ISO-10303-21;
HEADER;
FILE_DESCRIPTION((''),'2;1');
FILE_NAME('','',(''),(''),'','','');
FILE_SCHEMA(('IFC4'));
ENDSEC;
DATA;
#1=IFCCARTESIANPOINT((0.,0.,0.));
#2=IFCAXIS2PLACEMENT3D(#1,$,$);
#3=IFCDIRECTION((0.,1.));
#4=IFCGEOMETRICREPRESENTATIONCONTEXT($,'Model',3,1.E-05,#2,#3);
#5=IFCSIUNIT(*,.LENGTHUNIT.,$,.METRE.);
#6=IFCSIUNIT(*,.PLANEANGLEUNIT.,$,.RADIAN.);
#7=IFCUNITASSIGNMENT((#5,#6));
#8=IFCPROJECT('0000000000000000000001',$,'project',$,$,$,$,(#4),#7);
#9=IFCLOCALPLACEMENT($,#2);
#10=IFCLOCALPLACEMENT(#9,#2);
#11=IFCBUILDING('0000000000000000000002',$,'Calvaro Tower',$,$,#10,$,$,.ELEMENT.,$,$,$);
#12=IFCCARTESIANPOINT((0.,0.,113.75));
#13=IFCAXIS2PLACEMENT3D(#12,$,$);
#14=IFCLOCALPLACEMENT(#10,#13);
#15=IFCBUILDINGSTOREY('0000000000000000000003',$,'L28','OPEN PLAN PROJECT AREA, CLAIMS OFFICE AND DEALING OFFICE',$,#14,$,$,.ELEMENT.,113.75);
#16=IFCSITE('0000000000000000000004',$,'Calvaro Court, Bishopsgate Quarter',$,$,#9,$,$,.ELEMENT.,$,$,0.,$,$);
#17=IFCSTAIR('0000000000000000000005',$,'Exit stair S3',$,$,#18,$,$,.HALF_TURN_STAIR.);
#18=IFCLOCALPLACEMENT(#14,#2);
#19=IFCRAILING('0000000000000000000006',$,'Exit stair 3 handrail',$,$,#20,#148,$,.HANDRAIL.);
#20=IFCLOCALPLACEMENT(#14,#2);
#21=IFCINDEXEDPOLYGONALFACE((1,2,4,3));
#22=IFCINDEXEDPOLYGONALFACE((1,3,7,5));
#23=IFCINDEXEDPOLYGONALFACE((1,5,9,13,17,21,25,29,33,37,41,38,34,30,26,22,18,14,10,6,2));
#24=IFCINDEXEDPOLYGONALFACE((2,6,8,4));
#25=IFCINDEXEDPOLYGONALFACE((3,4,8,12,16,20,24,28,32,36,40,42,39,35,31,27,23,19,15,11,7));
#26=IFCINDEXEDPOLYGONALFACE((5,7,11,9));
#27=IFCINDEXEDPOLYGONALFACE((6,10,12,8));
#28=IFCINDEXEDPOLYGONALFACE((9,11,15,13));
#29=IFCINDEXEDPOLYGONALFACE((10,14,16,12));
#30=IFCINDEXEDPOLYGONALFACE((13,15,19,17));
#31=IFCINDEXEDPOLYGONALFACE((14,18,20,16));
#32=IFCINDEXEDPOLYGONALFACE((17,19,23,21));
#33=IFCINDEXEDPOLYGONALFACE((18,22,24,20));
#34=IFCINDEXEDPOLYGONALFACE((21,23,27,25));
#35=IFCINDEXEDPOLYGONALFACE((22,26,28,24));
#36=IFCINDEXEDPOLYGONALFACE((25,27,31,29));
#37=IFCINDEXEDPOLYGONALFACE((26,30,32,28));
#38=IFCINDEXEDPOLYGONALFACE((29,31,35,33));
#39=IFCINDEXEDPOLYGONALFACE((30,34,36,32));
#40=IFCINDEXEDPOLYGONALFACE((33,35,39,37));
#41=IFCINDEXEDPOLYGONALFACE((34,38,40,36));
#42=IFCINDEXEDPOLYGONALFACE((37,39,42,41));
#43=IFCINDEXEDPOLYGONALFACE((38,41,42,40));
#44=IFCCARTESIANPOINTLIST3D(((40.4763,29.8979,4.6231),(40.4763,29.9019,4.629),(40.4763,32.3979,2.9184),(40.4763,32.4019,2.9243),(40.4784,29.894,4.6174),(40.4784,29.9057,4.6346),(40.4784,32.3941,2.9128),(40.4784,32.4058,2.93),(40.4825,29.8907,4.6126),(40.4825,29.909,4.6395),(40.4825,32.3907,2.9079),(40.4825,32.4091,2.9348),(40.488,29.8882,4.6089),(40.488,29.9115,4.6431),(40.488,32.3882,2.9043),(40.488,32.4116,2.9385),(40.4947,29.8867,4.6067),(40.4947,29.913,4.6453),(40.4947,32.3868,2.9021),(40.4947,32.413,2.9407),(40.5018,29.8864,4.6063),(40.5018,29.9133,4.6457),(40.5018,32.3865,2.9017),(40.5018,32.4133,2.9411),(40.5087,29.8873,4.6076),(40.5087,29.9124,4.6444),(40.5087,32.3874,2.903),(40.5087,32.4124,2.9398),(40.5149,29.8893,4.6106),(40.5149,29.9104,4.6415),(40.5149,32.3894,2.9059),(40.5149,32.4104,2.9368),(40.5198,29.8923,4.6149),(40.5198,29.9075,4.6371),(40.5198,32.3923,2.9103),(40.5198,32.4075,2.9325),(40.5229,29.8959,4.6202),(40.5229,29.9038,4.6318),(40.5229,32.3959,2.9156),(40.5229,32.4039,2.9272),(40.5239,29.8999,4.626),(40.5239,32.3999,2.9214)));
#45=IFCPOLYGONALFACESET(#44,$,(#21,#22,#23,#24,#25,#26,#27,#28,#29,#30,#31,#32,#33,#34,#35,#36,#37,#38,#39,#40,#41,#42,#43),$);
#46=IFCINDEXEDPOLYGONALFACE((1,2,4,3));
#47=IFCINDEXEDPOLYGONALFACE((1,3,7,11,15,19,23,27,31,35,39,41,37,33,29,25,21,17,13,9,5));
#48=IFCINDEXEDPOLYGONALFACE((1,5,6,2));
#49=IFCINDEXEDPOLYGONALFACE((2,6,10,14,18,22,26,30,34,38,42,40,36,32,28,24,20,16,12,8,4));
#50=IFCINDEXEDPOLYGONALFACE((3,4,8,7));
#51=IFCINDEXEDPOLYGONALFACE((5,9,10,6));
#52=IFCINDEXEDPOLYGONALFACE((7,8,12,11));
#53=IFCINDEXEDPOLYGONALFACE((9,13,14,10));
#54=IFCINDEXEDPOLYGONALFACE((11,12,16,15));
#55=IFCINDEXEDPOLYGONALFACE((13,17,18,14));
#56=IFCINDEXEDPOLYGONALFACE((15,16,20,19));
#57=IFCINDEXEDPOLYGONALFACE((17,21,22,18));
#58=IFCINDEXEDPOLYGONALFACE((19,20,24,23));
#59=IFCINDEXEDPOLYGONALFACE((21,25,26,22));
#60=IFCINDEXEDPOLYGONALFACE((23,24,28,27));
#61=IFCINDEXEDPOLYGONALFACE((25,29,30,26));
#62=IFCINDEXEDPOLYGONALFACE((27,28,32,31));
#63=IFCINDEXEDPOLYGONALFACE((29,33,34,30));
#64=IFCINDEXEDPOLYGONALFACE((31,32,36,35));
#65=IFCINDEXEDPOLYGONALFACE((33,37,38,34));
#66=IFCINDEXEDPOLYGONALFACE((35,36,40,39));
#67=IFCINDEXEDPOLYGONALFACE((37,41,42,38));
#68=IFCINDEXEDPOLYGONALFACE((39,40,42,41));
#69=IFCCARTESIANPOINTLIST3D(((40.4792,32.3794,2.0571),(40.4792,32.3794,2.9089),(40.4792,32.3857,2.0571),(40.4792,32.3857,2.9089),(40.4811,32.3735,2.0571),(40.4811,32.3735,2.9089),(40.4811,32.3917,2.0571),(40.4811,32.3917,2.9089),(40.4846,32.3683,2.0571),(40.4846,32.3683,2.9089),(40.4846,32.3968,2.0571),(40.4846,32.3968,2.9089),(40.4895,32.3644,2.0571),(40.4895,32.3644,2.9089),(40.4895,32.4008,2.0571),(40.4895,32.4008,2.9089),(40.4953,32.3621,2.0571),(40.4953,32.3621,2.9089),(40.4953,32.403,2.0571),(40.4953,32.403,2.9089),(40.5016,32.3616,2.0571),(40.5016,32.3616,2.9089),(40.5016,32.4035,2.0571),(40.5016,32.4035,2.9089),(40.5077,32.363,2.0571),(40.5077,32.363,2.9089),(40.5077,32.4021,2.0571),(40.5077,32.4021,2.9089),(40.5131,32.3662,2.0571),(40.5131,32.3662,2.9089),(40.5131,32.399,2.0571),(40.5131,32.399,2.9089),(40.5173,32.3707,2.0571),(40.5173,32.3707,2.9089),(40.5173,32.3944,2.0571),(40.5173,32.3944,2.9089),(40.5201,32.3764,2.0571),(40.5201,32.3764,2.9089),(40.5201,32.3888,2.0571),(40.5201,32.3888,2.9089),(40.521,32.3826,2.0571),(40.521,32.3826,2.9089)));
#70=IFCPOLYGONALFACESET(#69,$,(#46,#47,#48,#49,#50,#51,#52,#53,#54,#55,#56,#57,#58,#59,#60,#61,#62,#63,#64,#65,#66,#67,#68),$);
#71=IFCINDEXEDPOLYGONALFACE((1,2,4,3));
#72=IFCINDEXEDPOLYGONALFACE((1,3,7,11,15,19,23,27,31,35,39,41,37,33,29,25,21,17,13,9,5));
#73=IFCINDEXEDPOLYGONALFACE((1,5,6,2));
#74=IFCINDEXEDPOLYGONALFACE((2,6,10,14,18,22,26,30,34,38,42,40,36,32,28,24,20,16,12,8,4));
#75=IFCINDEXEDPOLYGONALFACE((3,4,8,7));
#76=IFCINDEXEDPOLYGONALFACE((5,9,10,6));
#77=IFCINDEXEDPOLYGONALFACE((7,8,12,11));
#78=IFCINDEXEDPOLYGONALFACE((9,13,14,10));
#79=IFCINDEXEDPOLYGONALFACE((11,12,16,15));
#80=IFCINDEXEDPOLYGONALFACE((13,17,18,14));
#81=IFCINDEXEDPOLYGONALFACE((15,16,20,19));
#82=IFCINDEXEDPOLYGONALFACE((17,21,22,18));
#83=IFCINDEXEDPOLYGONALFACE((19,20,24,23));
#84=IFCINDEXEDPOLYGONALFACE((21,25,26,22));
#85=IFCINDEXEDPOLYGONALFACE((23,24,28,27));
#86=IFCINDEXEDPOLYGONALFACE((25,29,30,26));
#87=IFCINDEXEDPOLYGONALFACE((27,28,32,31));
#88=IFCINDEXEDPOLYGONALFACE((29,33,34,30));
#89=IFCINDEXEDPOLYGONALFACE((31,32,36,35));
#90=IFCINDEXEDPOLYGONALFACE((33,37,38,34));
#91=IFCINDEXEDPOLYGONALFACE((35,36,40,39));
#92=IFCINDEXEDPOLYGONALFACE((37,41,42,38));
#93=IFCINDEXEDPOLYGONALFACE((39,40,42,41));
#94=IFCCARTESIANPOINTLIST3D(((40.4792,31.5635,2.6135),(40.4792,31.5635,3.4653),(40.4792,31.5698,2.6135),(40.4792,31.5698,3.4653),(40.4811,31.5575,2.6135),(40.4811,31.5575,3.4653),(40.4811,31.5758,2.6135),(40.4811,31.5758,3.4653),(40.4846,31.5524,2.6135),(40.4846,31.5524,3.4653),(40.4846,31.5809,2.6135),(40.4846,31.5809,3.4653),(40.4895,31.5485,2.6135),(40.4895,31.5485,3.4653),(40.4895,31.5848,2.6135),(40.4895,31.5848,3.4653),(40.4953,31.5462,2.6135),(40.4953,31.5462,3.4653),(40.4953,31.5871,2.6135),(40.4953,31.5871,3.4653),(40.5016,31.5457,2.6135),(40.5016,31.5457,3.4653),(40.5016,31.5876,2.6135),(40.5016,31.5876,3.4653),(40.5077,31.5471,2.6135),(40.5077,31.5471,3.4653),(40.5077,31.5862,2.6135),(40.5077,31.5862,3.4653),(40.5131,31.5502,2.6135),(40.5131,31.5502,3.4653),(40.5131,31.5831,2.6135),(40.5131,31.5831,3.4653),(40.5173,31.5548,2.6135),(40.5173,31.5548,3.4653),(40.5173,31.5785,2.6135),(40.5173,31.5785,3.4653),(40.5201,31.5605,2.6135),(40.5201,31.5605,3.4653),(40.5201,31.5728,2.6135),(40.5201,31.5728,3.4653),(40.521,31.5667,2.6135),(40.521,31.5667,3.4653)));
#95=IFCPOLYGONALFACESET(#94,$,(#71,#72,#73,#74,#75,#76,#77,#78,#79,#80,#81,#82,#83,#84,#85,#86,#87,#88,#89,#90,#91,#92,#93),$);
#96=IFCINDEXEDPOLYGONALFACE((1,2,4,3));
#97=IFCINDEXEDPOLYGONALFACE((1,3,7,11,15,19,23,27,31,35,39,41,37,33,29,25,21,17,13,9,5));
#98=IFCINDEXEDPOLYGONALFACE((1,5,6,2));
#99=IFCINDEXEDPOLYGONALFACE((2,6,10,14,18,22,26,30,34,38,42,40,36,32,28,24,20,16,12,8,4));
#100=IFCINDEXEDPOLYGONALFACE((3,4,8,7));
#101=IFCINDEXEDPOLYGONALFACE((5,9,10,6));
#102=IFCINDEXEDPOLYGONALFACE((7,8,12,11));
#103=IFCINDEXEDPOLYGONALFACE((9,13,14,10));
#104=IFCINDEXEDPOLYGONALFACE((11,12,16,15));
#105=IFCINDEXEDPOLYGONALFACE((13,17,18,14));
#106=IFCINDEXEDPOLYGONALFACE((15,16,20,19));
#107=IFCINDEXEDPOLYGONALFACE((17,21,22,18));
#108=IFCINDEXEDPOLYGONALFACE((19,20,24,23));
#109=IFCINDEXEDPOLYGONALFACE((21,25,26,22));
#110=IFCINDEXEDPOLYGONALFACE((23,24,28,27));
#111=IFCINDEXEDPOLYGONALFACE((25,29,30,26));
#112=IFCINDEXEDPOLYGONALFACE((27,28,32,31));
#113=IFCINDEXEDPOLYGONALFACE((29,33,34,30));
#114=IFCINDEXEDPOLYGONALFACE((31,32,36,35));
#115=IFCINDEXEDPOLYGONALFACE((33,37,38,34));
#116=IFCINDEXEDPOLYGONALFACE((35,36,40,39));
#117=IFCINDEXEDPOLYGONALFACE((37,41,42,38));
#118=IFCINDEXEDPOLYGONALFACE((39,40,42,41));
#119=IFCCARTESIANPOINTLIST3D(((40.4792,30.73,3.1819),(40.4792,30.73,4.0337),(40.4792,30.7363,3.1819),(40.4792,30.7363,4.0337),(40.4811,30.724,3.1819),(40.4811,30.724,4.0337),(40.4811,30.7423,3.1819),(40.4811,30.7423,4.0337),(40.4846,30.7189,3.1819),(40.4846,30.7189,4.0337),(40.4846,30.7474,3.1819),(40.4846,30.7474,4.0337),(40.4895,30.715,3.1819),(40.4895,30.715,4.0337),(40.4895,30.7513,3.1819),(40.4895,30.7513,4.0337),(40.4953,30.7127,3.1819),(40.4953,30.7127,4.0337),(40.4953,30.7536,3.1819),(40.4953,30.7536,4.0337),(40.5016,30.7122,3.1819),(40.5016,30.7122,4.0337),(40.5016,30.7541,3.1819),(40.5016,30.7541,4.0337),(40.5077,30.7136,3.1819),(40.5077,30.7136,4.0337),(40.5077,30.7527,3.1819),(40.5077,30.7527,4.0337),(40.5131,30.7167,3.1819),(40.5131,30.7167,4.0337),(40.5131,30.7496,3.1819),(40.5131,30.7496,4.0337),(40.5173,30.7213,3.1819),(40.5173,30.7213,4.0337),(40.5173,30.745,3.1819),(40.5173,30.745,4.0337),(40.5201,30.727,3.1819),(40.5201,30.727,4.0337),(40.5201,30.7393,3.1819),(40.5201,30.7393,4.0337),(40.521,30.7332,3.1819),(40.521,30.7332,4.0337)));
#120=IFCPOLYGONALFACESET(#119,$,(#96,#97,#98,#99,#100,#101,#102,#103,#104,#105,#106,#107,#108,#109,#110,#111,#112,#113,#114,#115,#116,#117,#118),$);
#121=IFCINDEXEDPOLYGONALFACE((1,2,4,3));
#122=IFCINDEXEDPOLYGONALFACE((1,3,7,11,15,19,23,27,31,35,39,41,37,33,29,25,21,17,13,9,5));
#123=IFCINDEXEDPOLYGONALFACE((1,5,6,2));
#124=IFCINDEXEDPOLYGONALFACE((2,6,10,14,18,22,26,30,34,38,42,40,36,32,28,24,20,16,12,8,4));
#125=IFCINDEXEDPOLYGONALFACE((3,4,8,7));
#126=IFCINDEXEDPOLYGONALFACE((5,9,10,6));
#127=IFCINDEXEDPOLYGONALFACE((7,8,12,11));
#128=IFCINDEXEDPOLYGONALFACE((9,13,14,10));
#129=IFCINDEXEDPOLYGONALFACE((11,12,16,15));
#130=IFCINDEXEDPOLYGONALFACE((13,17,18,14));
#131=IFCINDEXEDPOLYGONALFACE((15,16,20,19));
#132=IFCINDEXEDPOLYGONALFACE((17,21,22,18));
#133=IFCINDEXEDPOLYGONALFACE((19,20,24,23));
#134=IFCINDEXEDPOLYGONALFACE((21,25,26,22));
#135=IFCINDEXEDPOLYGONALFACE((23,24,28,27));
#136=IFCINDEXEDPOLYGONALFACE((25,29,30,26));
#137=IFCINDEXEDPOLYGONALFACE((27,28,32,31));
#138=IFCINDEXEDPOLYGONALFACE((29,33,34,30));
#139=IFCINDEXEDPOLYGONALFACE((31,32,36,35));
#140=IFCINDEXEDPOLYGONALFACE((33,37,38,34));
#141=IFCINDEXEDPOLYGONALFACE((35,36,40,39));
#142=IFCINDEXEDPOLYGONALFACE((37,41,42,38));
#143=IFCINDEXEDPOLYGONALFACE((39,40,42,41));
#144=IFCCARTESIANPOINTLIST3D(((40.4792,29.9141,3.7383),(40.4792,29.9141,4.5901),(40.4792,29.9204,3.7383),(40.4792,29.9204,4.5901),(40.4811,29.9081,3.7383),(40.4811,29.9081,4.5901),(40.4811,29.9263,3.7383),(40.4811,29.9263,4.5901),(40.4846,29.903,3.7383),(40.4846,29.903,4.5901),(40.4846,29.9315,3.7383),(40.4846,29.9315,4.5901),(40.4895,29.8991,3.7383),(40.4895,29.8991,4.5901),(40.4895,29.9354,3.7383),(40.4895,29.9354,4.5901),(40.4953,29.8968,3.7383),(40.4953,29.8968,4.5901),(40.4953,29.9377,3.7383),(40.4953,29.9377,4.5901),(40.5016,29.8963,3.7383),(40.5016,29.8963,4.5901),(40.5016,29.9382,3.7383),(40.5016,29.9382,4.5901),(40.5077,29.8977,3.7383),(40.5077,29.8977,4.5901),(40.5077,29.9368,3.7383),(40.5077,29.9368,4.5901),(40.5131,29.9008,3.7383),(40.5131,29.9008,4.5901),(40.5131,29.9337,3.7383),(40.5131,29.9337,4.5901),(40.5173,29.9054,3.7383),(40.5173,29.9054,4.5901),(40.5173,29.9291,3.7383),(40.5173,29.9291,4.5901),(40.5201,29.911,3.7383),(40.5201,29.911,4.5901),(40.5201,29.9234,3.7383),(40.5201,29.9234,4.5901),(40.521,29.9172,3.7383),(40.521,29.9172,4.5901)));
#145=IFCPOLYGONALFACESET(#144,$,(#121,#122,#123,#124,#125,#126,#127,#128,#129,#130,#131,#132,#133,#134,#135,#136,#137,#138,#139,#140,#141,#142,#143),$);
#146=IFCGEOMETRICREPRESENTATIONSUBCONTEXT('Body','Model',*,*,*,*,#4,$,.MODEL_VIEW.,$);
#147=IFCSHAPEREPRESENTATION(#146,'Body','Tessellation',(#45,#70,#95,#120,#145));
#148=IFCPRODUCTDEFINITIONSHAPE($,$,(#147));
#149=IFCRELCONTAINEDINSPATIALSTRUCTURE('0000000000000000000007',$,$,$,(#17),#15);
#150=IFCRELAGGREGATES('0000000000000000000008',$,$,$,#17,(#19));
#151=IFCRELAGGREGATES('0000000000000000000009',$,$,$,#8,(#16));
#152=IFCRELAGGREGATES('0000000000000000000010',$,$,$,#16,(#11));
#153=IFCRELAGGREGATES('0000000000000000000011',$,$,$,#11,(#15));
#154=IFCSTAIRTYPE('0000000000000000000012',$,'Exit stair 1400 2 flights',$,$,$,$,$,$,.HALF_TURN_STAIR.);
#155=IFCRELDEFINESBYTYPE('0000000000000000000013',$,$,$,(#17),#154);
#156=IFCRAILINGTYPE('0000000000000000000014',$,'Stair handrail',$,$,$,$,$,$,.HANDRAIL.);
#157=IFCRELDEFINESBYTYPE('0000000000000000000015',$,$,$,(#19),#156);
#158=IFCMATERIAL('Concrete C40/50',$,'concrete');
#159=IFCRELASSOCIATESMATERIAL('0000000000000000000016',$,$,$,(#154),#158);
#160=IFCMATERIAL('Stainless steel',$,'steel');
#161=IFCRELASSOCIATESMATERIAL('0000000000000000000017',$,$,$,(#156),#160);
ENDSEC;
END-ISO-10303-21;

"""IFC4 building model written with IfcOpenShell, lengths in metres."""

from ifc_helpers import new_model, si_unit, direction, frame, origin, origin_2d, place, context, subcontext, project, spatial, circle, extrude, material, type_object, element, aggregate, save


model = new_model("IFC4")

# Units and contexts
model_context = context("Model", 3, precision=1e-05, world=origin(), true_north=direction((0.0, 1.0)))
body_context = subcontext(model_context, "Body", "Model", "MODEL_VIEW")
ifc_project = project(units=[si_unit("LENGTHUNIT", "METRE"), si_unit("PLANEANGLEUNIT", "RADIAN")], contexts=[model_context])

# Site, building, storey
site_placement = place(None, origin())
site = spatial("IfcSite", under=ifc_project, at=site_placement, Name="Calvaro Court, Bishopsgate Quarter", CompositionType="ELEMENT", RefElevation=0.0)
building_placement = place(site_placement, origin())
building = spatial("IfcBuilding", under=site, at=building_placement, Name="Calvaro Tower", CompositionType="ELEMENT")
storey_placement = place(building_placement, frame((0.0, 0.0, 113.75)))
storey = spatial("IfcBuildingStorey", under=building, at=storey_placement, Name="L28", Description="OPEN PLAN PROJECT AREA, CLAIMS OFFICE AND DEALING OFFICE", CompositionType="ELEMENT", Elevation=113.75)

# Stair
ifc_material_1 = material(Name="Concrete C40/50", Category="concrete")
stair_type = type_object("IfcStairType", Name="Exit stair 1400 2 flights", PredefinedType="HALF_TURN_STAIR", material=ifc_material_1)
stair_1_placement = place(storey_placement, origin())
stair_1 = element("IfcStair", 1, at=stair_1_placement, inside=storey, type_object=stair_type, Name="Exit stair S3", PredefinedType="HALF_TURN_STAIR")

# Railing
ifc_material_2 = material(Name="Stainless steel", Category="steel")
railing_type = type_object("IfcRailingType", Name="Stair handrail", PredefinedType="HANDRAIL", material=ifc_material_2)
railing_1_placement = place(storey_placement, frame((40.5, 32.3999, 2.0454)))
railing_1 = element("IfcRailing", 2, at=railing_1_placement, type_object=railing_type, Name="Exit stair 3 handrail", PredefinedType="HANDRAIL", context=body_context, shape_type="SweptSolid", body=[
    extrude(circle(Radius=0.0239, at=origin_2d()), frame((0.0, 0.0, 0.876), z_axis=(0.0, -0.826221, 0.563347), x_axis=(1.0, 0.0, 0.0)), (0.0, 0.0, 1.0), 3.0259),
    extrude(circle(Radius=0.021, at=origin_2d()), frame((0.0, -0.0173, 0.0117)), (0.0, 0.0, 1.0), 0.8518),
    extrude(circle(Radius=0.021, at=origin_2d()), frame((0.0, -0.8333, 0.5681)), (0.0, 0.0, 1.0), 0.8518),
    extrude(circle(Radius=0.021, at=origin_2d()), frame((0.0, -1.6667, 1.1365)), (0.0, 0.0, 1.0), 0.8518),
    extrude(circle(Radius=0.021, at=origin_2d()), frame((0.0, -2.4827, 1.6929)), (0.0, 0.0, 1.0), 0.8518),
])
aggregate(stair_1, [railing_1])

save(model, "model.ifc")
